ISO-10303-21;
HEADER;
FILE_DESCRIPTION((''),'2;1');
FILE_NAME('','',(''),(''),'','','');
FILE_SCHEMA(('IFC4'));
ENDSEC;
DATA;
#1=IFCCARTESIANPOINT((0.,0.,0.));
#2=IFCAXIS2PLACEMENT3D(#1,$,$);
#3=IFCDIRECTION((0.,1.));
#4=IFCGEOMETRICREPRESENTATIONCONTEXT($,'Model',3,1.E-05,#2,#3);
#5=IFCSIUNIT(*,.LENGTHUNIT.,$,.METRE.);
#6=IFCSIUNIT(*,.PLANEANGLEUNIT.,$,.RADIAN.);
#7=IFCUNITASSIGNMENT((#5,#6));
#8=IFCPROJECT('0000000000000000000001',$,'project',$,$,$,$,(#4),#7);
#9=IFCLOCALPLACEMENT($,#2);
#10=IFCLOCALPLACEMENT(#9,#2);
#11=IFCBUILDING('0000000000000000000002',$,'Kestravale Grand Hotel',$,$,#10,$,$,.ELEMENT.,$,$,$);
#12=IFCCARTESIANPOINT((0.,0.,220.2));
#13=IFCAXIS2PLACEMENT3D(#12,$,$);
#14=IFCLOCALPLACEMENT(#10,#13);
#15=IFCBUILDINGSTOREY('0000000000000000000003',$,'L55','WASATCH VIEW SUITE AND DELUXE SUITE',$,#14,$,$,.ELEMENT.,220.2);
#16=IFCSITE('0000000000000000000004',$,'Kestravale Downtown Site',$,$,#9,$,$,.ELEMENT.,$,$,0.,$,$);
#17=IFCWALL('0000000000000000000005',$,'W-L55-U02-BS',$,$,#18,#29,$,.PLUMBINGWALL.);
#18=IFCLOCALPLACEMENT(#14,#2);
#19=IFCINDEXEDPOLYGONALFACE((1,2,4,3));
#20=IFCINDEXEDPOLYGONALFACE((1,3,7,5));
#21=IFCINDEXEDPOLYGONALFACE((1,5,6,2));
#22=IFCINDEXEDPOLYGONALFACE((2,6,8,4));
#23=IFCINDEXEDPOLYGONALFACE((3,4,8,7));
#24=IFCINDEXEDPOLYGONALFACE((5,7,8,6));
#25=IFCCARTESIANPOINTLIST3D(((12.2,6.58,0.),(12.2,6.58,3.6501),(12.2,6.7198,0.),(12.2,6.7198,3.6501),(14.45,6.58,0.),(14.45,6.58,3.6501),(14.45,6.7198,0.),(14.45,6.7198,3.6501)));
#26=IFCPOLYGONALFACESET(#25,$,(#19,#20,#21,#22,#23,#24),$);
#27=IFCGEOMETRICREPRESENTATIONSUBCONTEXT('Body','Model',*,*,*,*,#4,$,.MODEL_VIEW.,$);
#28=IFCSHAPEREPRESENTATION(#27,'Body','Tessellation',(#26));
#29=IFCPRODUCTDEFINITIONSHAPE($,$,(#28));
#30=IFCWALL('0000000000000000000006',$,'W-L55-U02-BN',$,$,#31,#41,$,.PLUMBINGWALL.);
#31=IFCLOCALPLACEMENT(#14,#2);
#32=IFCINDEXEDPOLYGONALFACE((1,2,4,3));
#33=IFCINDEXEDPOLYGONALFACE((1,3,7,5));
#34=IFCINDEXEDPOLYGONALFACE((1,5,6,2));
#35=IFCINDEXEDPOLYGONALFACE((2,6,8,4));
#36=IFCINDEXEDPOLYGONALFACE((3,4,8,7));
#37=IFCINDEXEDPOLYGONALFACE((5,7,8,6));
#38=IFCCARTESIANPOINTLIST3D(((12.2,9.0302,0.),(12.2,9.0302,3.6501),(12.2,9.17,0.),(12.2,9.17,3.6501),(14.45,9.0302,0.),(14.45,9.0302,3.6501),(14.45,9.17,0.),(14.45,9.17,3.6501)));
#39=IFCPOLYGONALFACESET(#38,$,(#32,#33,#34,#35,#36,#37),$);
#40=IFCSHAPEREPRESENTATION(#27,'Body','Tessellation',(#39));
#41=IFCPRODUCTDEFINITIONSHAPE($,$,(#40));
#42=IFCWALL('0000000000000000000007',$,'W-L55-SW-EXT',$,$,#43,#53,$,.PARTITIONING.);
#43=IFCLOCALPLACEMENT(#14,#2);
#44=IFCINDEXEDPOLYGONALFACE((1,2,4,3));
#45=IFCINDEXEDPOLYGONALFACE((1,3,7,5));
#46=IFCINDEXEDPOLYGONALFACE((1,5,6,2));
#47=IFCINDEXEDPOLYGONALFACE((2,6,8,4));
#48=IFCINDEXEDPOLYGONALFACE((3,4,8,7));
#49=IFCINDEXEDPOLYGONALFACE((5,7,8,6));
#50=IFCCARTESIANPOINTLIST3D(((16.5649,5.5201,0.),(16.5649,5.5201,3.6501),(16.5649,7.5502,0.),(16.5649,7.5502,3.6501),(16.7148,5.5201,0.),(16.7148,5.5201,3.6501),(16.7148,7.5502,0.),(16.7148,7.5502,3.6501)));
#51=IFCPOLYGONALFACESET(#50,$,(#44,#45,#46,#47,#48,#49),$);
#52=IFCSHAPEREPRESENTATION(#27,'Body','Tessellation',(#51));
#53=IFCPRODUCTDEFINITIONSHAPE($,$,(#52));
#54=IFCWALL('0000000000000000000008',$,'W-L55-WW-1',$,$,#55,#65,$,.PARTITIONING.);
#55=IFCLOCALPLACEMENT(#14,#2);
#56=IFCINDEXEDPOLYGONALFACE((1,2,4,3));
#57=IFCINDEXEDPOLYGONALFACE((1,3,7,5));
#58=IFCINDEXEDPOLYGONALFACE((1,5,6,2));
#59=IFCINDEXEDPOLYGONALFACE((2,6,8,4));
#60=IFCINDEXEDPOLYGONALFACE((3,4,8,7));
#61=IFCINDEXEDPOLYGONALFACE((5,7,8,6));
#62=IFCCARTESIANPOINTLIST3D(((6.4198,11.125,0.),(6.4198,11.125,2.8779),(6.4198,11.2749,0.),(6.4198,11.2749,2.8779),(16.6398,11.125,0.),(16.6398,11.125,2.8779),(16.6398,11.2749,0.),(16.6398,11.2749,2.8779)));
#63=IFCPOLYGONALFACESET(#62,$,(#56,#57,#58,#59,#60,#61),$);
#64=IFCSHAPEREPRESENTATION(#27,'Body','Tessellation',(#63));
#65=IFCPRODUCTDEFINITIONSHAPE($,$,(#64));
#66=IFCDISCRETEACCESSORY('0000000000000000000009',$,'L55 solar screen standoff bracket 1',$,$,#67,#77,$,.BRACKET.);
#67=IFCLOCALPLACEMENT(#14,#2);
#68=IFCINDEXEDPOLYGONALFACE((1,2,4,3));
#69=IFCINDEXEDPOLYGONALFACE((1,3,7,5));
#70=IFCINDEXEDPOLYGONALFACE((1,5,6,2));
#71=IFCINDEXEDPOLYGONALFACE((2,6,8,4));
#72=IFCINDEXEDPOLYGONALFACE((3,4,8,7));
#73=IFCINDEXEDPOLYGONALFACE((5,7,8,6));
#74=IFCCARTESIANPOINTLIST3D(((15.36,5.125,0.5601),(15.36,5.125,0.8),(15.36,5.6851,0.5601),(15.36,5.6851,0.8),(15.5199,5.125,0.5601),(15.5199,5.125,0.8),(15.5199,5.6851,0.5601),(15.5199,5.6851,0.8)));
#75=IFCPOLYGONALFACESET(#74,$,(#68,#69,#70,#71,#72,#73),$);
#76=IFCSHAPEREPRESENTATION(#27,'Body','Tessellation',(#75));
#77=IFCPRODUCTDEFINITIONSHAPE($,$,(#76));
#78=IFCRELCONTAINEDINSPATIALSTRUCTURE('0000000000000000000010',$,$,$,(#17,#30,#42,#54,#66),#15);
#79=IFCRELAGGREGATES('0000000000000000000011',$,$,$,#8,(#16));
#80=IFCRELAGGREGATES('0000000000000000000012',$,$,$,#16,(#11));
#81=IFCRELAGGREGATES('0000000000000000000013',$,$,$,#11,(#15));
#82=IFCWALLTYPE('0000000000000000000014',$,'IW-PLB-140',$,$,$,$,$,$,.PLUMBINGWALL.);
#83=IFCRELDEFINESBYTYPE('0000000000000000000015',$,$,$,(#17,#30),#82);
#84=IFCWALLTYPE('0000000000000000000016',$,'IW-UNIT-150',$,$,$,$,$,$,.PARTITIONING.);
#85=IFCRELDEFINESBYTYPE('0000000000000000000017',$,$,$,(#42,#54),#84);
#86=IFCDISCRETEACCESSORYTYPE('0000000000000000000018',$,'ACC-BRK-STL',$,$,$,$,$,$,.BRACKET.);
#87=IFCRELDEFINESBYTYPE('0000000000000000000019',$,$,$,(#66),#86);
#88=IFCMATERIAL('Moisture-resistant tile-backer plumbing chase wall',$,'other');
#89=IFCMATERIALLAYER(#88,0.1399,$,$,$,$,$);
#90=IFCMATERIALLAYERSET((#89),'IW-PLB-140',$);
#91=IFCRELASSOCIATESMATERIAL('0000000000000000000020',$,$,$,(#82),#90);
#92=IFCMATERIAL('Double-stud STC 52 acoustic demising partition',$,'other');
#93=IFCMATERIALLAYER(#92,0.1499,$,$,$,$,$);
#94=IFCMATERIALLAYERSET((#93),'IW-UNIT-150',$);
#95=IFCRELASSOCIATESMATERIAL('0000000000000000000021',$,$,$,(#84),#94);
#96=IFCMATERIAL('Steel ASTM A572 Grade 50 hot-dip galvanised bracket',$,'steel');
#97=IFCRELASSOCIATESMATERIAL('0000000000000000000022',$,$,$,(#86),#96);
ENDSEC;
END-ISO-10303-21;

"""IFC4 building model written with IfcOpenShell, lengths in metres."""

from ifc_helpers import new_model, si_unit, direction, frame, frame_2d, origin, origin_2d, place, context, subcontext, project, spatial, rectangle, extrude, material, layer, layer_set, type_object, element, save


model = new_model("IFC4")

# Units and contexts
model_context = context("Model", 3, precision=1e-05, world=origin(), true_north=direction((0.0, 1.0)))
body_context = subcontext(model_context, "Body", "Model", "MODEL_VIEW")
ifc_project = project(units=[si_unit("LENGTHUNIT", "METRE"), si_unit("PLANEANGLEUNIT", "RADIAN")], contexts=[model_context])

# Site, building, storey
site_placement = place(None, origin())
site = spatial("IfcSite", under=ifc_project, at=site_placement, Name="Kestravale Downtown Site", CompositionType="ELEMENT", RefElevation=0.0)
building_placement = place(site_placement, origin())
building = spatial("IfcBuilding", under=site, at=building_placement, Name="Kestravale Grand Hotel", CompositionType="ELEMENT")
storey_placement = place(building_placement, frame((0.0, 0.0, 220.2)))
storey = spatial("IfcBuildingStorey", under=building, at=storey_placement, Name="L55", Description="WASATCH VIEW SUITE AND DELUXE SUITE", CompositionType="ELEMENT", Elevation=220.2)

# Shared definitions
ifc_material_1 = material(Name="Moisture-resistant tile-backer plumbing chase wall", Category="other")
ifc_layer_1 = layer(ifc_material_1, 0.1399)
ifc_layer_set_1 = layer_set([ifc_layer_1], Name="IW-PLB-140")
wall_type_1 = type_object("IfcWallType", Name="IW-PLB-140", PredefinedType="PLUMBINGWALL", material=ifc_layer_set_1)

# Walls
for number, where, z_axis, x_axis, name in (
    (1, (12.2, 6.6499, 0.0), (0.0, 0.0, 1.0), (1.0, 0.0, 0.0), "W-L55-U02-BS"),
    (2, (12.2, 9.1001, 0.0), (0.0, 0.0, 1.0), (1.0, 0.0, 0.0), "W-L55-U02-BN"),
):
    element("IfcWall", number, at=place(storey_placement, frame(where, z_axis=z_axis, x_axis=x_axis)), inside=storey, type_object=wall_type_1, Name=name, PredefinedType="PLUMBINGWALL", context=body_context, shape_type="SweptSolid", body=[
        extrude(rectangle(XDim=2.25, YDim=0.1399, at=frame_2d((1.125, 0.0))), origin(), (0.0, 0.0, 1.0), 3.6501),
    ])
ifc_material_2 = material(Name="Double-stud STC 52 acoustic demising partition", Category="other")
ifc_layer_2 = layer(ifc_material_2, 0.1499)
ifc_layer_set_2 = layer_set([ifc_layer_2], Name="IW-UNIT-150")
wall_type_2 = type_object("IfcWallType", Name="IW-UNIT-150", PredefinedType="PARTITIONING", material=ifc_layer_set_2)
wall_1_placement = place(storey_placement, frame((16.6399, 5.52, 0.0), z_axis=(0.0, 0.0, 1.0), x_axis=(0.0, 1.0, 0.0)))
element("IfcWall", 3, at=wall_1_placement, inside=storey, type_object=wall_type_2, Name="W-L55-SW-EXT", PredefinedType="PARTITIONING", context=body_context, shape_type="SweptSolid", body=[
    extrude(rectangle(XDim=2.03, YDim=0.1499, at=frame_2d((1.0151, 0.0))), origin(), (0.0, 0.0, 1.0), 3.6501),
])
wall_2_placement = place(storey_placement, frame((6.4199, 11.2, 0.0), z_axis=(0.0, 0.0, 1.0), x_axis=(1.0, 0.0, 0.0)))
element("IfcWall", 4, at=wall_2_placement, inside=storey, type_object=wall_type_2, Name="W-L55-WW-1", PredefinedType="PARTITIONING", context=body_context, shape_type="SweptSolid", body=[
    extrude(rectangle(XDim=10.22, YDim=0.1499, at=frame_2d((5.1099, 0.0))), origin(), (0.0, 0.0, 1.0), 2.8779),
])

# Discrete accessory
ifc_material_3 = material(Name="Steel ASTM A572 Grade 50 hot-dip galvanised bracket", Category="steel")
discrete_accessory_type = type_object("IfcDiscreteAccessoryType", Name="ACC-BRK-STL", PredefinedType="BRACKET", material=ifc_material_3)
discrete_accessory_placement = place(storey_placement, frame((15.4399, 5.405, 0.5601), z_axis=(0.0, 0.0, 1.0), x_axis=(1.0, 0.0, 0.0)))
element("IfcDiscreteAccessory", 5, at=discrete_accessory_placement, inside=storey, type_object=discrete_accessory_type, Name="L55 solar screen standoff bracket 1", PredefinedType="BRACKET", context=body_context, shape_type="SweptSolid", body=[
    extrude(rectangle(XDim=0.1599, YDim=0.5601, at=origin_2d()), origin(), (0.0, 0.0, 1.0), 0.24),
])

save(model, "model.ifc")
